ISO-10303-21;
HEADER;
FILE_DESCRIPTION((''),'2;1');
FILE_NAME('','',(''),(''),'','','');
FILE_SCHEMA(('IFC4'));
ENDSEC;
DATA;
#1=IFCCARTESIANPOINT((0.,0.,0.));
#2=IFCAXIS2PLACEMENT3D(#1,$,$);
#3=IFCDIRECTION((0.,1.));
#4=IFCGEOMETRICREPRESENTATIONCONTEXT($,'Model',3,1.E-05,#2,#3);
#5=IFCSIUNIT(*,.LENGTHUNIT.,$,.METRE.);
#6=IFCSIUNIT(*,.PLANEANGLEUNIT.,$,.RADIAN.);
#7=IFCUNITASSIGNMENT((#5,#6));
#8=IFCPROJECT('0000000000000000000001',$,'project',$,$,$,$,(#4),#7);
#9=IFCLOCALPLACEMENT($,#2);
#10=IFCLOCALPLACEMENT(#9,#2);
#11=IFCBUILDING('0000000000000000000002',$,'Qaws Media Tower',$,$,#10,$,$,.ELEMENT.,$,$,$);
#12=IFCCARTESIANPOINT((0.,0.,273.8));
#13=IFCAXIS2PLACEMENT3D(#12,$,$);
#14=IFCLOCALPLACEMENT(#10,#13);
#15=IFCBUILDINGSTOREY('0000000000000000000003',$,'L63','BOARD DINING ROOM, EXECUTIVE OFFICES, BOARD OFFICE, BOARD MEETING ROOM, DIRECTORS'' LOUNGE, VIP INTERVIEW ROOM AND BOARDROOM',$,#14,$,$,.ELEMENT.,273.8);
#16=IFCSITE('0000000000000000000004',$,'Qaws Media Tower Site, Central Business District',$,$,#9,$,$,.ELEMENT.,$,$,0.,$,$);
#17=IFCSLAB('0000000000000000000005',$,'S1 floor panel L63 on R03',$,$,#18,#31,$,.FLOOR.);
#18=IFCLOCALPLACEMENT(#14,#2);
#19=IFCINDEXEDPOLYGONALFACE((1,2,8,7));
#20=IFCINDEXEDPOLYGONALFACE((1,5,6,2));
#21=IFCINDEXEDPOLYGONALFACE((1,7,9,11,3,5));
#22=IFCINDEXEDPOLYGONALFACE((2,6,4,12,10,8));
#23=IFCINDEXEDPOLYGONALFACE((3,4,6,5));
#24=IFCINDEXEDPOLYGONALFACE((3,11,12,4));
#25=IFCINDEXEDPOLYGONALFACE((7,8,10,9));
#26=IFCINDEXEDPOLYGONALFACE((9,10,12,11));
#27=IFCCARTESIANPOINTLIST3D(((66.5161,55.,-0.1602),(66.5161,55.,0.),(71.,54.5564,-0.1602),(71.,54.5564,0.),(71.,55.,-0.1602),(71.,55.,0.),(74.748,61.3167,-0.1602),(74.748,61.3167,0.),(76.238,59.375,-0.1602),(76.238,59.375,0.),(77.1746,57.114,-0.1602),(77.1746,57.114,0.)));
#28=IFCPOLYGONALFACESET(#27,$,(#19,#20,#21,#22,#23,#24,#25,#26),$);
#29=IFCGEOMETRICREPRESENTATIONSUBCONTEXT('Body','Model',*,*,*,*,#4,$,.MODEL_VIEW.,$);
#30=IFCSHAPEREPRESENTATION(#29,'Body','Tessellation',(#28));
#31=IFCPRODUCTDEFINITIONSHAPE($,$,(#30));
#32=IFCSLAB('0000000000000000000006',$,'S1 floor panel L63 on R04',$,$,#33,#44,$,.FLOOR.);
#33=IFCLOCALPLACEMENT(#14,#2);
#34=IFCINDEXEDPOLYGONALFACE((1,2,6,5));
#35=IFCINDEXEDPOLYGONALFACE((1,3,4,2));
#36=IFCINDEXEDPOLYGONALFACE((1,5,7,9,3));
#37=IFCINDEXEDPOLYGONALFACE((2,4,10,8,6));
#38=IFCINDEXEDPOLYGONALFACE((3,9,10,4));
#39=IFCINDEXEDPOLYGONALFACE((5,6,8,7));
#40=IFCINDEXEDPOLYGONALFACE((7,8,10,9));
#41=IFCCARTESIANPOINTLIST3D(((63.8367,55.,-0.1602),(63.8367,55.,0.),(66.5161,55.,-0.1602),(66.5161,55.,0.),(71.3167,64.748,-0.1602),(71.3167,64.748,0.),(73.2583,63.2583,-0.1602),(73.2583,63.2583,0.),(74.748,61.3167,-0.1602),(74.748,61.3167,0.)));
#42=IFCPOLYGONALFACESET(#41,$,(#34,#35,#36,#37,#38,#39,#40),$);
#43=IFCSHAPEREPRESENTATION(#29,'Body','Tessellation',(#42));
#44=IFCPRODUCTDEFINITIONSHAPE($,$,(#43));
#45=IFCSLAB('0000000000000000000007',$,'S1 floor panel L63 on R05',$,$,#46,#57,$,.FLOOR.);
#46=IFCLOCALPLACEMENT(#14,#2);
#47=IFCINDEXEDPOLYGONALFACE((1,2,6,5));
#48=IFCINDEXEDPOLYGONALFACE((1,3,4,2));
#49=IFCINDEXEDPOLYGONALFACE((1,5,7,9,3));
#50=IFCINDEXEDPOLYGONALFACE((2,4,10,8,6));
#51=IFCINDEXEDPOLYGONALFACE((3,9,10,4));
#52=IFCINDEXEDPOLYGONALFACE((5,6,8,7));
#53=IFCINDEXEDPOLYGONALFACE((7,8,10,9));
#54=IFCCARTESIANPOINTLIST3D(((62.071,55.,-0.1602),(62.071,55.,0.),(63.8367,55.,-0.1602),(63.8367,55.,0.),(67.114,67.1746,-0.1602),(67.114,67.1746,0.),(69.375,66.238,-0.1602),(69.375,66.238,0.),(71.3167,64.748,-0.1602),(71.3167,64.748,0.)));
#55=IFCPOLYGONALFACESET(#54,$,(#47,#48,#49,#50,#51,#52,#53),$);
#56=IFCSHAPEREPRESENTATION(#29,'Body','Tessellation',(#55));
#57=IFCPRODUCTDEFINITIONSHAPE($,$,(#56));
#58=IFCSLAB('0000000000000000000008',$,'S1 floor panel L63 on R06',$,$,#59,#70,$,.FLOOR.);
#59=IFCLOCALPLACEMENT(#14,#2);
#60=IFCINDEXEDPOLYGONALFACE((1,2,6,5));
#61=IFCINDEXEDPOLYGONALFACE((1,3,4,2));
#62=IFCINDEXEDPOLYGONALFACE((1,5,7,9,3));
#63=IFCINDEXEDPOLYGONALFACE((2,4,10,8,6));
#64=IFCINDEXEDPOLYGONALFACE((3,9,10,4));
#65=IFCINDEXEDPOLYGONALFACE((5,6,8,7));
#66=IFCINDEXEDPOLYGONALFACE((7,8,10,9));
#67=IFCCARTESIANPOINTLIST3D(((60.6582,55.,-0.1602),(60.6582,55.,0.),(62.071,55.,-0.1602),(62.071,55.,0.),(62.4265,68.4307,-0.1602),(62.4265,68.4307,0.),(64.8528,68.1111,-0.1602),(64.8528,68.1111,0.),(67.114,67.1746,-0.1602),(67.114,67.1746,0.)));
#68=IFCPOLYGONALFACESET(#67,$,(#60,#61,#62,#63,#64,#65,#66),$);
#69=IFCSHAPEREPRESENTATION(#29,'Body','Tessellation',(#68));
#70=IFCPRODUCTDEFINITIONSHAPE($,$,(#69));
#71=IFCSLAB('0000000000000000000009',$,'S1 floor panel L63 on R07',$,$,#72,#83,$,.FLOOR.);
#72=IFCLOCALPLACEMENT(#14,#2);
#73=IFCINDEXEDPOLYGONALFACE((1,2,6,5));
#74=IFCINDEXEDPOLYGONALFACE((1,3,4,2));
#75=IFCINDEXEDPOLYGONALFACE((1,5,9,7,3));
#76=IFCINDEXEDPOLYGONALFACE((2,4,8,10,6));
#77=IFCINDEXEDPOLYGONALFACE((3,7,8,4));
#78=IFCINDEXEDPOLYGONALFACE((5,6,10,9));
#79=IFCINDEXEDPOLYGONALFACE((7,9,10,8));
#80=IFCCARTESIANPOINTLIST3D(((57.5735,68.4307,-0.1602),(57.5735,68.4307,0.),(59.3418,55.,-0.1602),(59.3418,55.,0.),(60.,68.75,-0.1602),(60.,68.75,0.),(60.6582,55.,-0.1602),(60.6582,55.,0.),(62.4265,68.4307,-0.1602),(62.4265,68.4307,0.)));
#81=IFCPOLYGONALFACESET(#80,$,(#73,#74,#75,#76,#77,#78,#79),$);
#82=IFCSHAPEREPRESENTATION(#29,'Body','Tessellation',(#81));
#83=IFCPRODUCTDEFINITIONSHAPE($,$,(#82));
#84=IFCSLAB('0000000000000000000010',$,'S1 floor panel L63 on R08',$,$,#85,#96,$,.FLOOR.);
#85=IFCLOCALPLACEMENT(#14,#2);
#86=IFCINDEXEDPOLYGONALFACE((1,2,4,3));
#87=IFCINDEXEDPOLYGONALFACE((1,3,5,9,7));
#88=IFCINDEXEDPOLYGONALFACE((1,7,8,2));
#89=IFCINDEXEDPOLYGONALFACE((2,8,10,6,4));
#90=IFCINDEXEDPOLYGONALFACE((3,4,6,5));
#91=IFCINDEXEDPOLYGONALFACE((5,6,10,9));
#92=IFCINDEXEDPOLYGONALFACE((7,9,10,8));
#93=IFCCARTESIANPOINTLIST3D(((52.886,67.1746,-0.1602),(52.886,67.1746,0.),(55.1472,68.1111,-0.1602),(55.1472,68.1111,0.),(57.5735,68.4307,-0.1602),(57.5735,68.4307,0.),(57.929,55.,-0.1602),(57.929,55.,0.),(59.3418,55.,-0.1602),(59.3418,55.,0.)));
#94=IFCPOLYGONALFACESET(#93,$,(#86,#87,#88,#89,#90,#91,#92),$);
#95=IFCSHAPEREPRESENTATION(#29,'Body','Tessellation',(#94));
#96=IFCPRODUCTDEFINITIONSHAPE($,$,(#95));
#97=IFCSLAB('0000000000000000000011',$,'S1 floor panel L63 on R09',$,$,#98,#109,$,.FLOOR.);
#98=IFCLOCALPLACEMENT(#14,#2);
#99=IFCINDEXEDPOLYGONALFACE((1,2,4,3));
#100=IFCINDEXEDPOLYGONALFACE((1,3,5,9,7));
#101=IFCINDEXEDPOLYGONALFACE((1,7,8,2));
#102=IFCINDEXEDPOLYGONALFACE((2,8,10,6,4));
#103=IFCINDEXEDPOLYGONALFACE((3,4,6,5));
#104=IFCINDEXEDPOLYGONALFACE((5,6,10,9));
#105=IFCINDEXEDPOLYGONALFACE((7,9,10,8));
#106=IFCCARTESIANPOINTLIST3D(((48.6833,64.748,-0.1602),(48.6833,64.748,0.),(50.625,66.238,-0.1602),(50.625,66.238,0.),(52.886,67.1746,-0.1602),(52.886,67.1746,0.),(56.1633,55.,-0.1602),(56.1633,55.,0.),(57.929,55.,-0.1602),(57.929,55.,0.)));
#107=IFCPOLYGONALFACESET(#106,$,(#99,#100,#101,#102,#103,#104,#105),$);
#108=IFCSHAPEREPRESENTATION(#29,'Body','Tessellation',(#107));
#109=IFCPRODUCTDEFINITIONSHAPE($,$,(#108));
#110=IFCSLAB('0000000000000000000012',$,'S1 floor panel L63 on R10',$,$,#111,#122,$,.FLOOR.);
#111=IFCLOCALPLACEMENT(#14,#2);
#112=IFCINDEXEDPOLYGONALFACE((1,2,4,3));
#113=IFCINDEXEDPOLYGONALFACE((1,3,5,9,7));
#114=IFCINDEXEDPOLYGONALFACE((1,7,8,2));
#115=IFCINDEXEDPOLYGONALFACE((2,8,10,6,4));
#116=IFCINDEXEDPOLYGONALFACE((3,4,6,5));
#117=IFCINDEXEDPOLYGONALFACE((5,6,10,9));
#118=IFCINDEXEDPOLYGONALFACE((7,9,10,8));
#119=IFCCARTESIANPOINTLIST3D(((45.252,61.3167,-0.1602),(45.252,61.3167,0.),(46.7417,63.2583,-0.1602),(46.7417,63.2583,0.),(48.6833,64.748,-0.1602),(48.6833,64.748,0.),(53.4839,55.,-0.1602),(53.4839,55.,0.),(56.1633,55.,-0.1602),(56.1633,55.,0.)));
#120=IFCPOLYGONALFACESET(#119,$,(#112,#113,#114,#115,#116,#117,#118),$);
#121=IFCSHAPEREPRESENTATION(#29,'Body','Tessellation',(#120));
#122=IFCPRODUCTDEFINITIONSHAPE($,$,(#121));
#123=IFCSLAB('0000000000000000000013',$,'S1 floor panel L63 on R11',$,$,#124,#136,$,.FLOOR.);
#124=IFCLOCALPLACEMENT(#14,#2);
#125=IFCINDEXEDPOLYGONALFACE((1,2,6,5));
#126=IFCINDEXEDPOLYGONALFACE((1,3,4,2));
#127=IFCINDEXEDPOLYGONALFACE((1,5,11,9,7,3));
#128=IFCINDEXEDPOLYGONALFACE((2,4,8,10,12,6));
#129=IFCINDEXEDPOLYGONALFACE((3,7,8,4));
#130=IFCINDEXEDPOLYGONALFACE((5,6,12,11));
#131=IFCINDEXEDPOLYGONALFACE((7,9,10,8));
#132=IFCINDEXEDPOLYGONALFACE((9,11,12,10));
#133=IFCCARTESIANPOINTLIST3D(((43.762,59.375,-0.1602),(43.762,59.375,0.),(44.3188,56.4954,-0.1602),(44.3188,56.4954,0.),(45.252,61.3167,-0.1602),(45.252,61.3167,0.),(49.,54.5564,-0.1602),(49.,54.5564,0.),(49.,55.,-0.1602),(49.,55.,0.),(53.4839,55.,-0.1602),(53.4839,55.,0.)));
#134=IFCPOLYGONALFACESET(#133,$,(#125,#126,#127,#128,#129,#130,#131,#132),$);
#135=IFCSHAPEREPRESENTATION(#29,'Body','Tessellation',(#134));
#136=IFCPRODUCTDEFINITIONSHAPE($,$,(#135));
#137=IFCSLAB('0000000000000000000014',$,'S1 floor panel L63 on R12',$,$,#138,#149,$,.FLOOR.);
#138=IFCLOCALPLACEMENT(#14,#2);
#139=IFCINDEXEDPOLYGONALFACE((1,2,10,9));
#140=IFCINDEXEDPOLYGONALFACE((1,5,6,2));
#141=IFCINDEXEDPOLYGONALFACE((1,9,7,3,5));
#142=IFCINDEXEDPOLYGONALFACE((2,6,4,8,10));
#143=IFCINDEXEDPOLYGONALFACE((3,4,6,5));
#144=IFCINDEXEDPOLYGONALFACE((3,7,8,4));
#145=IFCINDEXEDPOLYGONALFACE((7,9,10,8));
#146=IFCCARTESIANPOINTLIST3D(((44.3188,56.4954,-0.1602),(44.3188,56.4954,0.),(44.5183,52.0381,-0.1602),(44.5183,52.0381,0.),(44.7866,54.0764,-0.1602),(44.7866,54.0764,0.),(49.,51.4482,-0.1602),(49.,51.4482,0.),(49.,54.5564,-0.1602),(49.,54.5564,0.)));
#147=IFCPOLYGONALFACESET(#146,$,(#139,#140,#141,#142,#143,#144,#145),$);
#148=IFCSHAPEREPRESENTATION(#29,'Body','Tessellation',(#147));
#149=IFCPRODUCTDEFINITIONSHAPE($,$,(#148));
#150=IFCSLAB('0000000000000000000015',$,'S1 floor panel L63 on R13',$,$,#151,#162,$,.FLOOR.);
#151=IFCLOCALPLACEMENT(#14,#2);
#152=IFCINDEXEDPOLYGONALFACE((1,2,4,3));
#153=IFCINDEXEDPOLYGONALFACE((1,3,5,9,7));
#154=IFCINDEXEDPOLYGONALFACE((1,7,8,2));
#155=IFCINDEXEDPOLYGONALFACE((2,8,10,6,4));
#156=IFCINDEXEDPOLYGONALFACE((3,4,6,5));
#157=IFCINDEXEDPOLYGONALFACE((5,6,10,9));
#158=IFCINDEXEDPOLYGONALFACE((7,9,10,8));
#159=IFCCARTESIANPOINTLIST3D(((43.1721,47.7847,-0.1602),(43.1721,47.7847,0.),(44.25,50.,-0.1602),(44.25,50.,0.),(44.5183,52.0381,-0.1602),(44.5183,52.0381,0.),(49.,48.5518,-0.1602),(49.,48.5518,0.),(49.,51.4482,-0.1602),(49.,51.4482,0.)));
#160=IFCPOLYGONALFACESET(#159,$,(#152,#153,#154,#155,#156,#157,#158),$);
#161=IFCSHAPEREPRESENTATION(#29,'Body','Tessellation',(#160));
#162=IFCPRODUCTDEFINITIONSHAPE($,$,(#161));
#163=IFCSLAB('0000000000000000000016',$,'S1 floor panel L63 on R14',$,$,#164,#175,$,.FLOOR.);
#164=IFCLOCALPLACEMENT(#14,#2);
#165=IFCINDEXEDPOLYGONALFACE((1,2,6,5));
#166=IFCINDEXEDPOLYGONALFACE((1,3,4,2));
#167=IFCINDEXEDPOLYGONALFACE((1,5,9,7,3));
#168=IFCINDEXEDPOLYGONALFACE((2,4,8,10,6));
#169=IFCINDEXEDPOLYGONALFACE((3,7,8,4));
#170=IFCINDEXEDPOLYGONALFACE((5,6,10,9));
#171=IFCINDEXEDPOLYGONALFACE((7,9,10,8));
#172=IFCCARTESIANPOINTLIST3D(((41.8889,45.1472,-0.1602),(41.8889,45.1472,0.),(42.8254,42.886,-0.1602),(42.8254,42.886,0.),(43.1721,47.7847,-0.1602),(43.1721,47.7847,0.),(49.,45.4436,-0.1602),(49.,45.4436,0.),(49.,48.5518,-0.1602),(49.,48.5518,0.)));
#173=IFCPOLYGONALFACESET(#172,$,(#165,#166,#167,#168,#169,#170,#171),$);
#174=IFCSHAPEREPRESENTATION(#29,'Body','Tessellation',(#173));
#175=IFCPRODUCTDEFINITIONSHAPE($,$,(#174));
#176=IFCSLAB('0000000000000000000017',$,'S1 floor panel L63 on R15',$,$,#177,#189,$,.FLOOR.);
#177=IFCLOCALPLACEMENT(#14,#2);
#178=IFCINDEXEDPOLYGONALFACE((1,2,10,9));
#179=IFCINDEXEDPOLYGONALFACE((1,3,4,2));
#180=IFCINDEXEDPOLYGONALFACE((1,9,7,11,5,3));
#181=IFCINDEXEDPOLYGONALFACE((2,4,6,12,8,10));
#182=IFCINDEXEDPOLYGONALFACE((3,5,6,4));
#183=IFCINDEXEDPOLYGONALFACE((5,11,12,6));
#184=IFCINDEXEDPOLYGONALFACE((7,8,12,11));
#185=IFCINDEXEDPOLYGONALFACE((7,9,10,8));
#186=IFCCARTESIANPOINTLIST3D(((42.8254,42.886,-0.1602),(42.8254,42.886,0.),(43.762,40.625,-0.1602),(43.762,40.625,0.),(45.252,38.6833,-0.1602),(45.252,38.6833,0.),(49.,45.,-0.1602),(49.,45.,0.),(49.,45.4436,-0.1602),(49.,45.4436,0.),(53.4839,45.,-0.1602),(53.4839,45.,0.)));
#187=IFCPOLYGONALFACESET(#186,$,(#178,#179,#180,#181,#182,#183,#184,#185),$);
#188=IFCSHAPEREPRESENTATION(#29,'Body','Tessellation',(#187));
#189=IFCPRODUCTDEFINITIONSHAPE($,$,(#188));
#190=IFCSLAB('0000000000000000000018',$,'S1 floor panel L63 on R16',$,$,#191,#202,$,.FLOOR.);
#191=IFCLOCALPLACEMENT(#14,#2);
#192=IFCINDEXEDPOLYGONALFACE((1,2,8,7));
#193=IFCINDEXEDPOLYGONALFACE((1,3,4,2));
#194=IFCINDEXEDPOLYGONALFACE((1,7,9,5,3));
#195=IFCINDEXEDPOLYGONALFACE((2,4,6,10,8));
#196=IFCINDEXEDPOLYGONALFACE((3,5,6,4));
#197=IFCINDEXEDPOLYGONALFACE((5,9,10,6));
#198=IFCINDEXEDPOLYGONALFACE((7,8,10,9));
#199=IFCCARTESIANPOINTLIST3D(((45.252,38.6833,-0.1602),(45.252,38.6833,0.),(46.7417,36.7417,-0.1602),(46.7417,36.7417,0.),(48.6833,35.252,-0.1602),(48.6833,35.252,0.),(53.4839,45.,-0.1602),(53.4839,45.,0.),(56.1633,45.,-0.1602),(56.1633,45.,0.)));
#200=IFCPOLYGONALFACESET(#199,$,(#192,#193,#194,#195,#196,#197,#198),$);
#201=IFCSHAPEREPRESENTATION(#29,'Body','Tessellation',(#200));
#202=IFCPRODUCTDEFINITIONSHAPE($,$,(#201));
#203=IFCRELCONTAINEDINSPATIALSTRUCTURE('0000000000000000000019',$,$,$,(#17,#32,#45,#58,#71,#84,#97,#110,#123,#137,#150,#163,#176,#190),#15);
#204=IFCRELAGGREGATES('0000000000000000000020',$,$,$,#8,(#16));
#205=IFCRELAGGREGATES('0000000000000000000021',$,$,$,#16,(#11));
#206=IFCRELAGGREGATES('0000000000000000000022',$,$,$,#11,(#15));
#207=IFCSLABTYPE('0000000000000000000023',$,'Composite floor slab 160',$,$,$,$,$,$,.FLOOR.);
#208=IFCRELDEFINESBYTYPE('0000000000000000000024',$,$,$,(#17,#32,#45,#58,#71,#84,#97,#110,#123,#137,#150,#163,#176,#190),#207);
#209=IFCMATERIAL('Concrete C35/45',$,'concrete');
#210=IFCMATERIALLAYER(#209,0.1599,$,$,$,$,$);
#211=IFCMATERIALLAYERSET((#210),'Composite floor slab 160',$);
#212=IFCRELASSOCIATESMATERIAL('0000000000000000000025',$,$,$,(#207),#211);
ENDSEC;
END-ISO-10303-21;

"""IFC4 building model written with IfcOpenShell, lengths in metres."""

from ifc_helpers import new_model, si_unit, direction, frame, origin, place, context, subcontext, project, spatial, polyline, outline, extrude, material, layer, layer_set, type_object, element, save


model = new_model("IFC4")

# Units and contexts
model_context = context("Model", 3, precision=1e-05, world=origin(), true_north=direction((0.0, 1.0)))
body_context = subcontext(model_context, "Body", "Model", "MODEL_VIEW")
ifc_project = project(units=[si_unit("LENGTHUNIT", "METRE"), si_unit("PLANEANGLEUNIT", "RADIAN")], contexts=[model_context])

# Site, building, storey
site_placement = place(None, origin())
site = spatial("IfcSite", under=ifc_project, at=site_placement, Name="Qaws Media Tower Site, Central Business District", CompositionType="ELEMENT", RefElevation=0.0)
building_placement = place(site_placement, origin())
building = spatial("IfcBuilding", under=site, at=building_placement, Name="Qaws Media Tower", CompositionType="ELEMENT")
storey_placement = place(building_placement, frame((0.0, 0.0, 273.8)))
storey = spatial("IfcBuildingStorey", under=building, at=storey_placement, Name="L63", Description="BOARD DINING ROOM, EXECUTIVE OFFICES, BOARD OFFICE, BOARD MEETING ROOM, DIRECTORS' LOUNGE, VIP INTERVIEW ROOM AND BOARDROOM", CompositionType="ELEMENT", Elevation=273.8)

# Slabs
ifc_material_1 = material(Name="Concrete C35/45", Category="concrete")
ifc_layer_1 = layer(ifc_material_1, 0.1599)
ifc_layer_set_1 = layer_set([ifc_layer_1], Name="Composite floor slab 160")
slab_type_1 = type_object("IfcSlabType", Name="Composite floor slab 160", PredefinedType="FLOOR", material=ifc_layer_set_1)
slab_1_placement = place(storey_placement, frame((0.0, 0.0, -0.1602)))
element("IfcSlab", 1, at=slab_1_placement, inside=storey, type_object=slab_type_1, Name="S1 floor panel L63 on R03", PredefinedType="FLOOR", context=body_context, shape_type="SweptSolid", body=[
    extrude(outline(polyline([(76.238, 59.375), (77.1746, 57.114), (71.0, 54.5564), (71.0, 55.0), (66.5161, 55.0), (74.748, 61.3167), (76.238, 59.375)])), origin(), (0.0, 0.0, 1.0), 0.1602),
])
slab_2_placement = place(storey_placement, frame((0.0, 0.0, -0.1602)))
element("IfcSlab", 2, at=slab_2_placement, inside=storey, type_object=slab_type_1, Name="S1 floor panel L63 on R04", PredefinedType="FLOOR", context=body_context, shape_type="SweptSolid", body=[
    extrude(outline(polyline([(73.2583, 63.2583), (74.748, 61.3167), (66.5161, 55.0), (63.8367, 55.0), (71.3167, 64.748), (73.2583, 63.2583)])), origin(), (0.0, 0.0, 1.0), 0.1602),
])
slab_3_placement = place(storey_placement, frame((0.0, 0.0, -0.1602)))
element("IfcSlab", 3, at=slab_3_placement, inside=storey, type_object=slab_type_1, Name="S1 floor panel L63 on R05", PredefinedType="FLOOR", context=body_context, shape_type="SweptSolid", body=[
    extrude(outline(polyline([(69.375, 66.238), (71.3167, 64.748), (63.8367, 55.0), (62.071, 55.0), (67.114, 67.1746), (69.375, 66.238)])), origin(), (0.0, 0.0, 1.0), 0.1602),
])
slab_4_placement = place(storey_placement, frame((0.0, 0.0, -0.1602)))
element("IfcSlab", 4, at=slab_4_placement, inside=storey, type_object=slab_type_1, Name="S1 floor panel L63 on R06", PredefinedType="FLOOR", context=body_context, shape_type="SweptSolid", body=[
    extrude(outline(polyline([(64.8528, 68.1111), (67.114, 67.1746), (62.071, 55.0), (60.6582, 55.0), (62.4265, 68.4307), (64.8528, 68.1111)])), origin(), (0.0, 0.0, 1.0), 0.1602),
])
slab_5_placement = place(storey_placement, frame((0.0, 0.0, -0.1602)))
element("IfcSlab", 5, at=slab_5_placement, inside=storey, type_object=slab_type_1, Name="S1 floor panel L63 on R07", PredefinedType="FLOOR", context=body_context, shape_type="SweptSolid", body=[
    extrude(outline(polyline([(60.0, 68.75), (62.4265, 68.4307), (60.6582, 55.0), (59.3418, 55.0), (57.5735, 68.4307), (60.0, 68.75)])), origin(), (0.0, 0.0, 1.0), 0.1602),
])
slab_6_placement = place(storey_placement, frame((0.0, 0.0, -0.1602)))
element("IfcSlab", 6, at=slab_6_placement, inside=storey, type_object=slab_type_1, Name="S1 floor panel L63 on R08", PredefinedType="FLOOR", context=body_context, shape_type="SweptSolid", body=[
    extrude(outline(polyline([(55.1472, 68.1111), (57.5735, 68.4307), (59.3418, 55.0), (57.929, 55.0), (52.886, 67.1746), (55.1472, 68.1111)])), origin(), (0.0, 0.0, 1.0), 0.1602),
])
slab_7_placement = place(storey_placement, frame((0.0, 0.0, -0.1602)))
element("IfcSlab", 7, at=slab_7_placement, inside=storey, type_object=slab_type_1, Name="S1 floor panel L63 on R09", PredefinedType="FLOOR", context=body_context, shape_type="SweptSolid", body=[
    extrude(outline(polyline([(50.625, 66.238), (52.886, 67.1746), (57.929, 55.0), (56.1633, 55.0), (48.6833, 64.748), (50.625, 66.238)])), origin(), (0.0, 0.0, 1.0), 0.1602),
])
slab_8_placement = place(storey_placement, frame((0.0, 0.0, -0.1602)))
element("IfcSlab", 8, at=slab_8_placement, inside=storey, type_object=slab_type_1, Name="S1 floor panel L63 on R10", PredefinedType="FLOOR", context=body_context, shape_type="SweptSolid", body=[
    extrude(outline(polyline([(46.7417, 63.2583), (48.6833, 64.748), (56.1633, 55.0), (53.4839, 55.0), (45.252, 61.3167), (46.7417, 63.2583)])), origin(), (0.0, 0.0, 1.0), 0.1602),
])
slab_9_placement = place(storey_placement, frame((0.0, 0.0, -0.1602)))
element("IfcSlab", 9, at=slab_9_placement, inside=storey, type_object=slab_type_1, Name="S1 floor panel L63 on R11", PredefinedType="FLOOR", context=body_context, shape_type="SweptSolid", body=[
    extrude(outline(polyline([(43.762, 59.375), (45.252, 61.3167), (53.4839, 55.0), (49.0, 55.0), (49.0, 54.5564), (44.3188, 56.4954), (43.762, 59.375)])), origin(), (0.0, 0.0, 1.0), 0.1602),
])
slab_10_placement = place(storey_placement, frame((0.0, 0.0, -0.1602)))
element("IfcSlab", 10, at=slab_10_placement, inside=storey, type_object=slab_type_1, Name="S1 floor panel L63 on R12", PredefinedType="FLOOR", context=body_context, shape_type="SweptSolid", body=[
    extrude(outline(polyline([(44.7866, 54.0764), (44.3188, 56.4954), (49.0, 54.5564), (49.0, 51.4482), (44.5183, 52.0381), (44.7866, 54.0764)])), origin(), (0.0, 0.0, 1.0), 0.1602),
])
slab_11_placement = place(storey_placement, frame((0.0, 0.0, -0.1602)))
element("IfcSlab", 11, at=slab_11_placement, inside=storey, type_object=slab_type_1, Name="S1 floor panel L63 on R13", PredefinedType="FLOOR", context=body_context, shape_type="SweptSolid", body=[
    extrude(outline(polyline([(44.25, 50.0), (44.5183, 52.0381), (49.0, 51.4482), (49.0, 48.5518), (43.1721, 47.7847), (44.25, 50.0)])), origin(), (0.0, 0.0, 1.0), 0.1602),
])
slab_12_placement = place(storey_placement, frame((0.0, 0.0, -0.1602)))
element("IfcSlab", 12, at=slab_12_placement, inside=storey, type_object=slab_type_1, Name="S1 floor panel L63 on R14", PredefinedType="FLOOR", context=body_context, shape_type="SweptSolid", body=[
    extrude(outline(polyline([(41.8889, 45.1472), (43.1721, 47.7847), (49.0, 48.5518), (49.0, 45.4436), (42.8254, 42.886), (41.8889, 45.1472)])), origin(), (0.0, 0.0, 1.0), 0.1602),
])
slab_13_placement = place(storey_placement, frame((0.0, 0.0, -0.1602)))
element("IfcSlab", 13, at=slab_13_placement, inside=storey, type_object=slab_type_1, Name="S1 floor panel L63 on R15", PredefinedType="FLOOR", context=body_context, shape_type="SweptSolid", body=[
    extrude(outline(polyline([(43.762, 40.625), (42.8254, 42.886), (49.0, 45.4436), (49.0, 45.0), (53.4839, 45.0), (45.252, 38.6833), (43.762, 40.625)])), origin(), (0.0, 0.0, 1.0), 0.1602),
])
slab_14_placement = place(storey_placement, frame((0.0, 0.0, -0.1602)))
element("IfcSlab", 14, at=slab_14_placement, inside=storey, type_object=slab_type_1, Name="S1 floor panel L63 on R16", PredefinedType="FLOOR", context=body_context, shape_type="SweptSolid", body=[
    extrude(outline(polyline([(46.7417, 36.7417), (45.252, 38.6833), (53.4839, 45.0), (56.1633, 45.0), (48.6833, 35.252), (46.7417, 36.7417)])), origin(), (0.0, 0.0, 1.0), 0.1602),
])

save(model, "model.ifc")
